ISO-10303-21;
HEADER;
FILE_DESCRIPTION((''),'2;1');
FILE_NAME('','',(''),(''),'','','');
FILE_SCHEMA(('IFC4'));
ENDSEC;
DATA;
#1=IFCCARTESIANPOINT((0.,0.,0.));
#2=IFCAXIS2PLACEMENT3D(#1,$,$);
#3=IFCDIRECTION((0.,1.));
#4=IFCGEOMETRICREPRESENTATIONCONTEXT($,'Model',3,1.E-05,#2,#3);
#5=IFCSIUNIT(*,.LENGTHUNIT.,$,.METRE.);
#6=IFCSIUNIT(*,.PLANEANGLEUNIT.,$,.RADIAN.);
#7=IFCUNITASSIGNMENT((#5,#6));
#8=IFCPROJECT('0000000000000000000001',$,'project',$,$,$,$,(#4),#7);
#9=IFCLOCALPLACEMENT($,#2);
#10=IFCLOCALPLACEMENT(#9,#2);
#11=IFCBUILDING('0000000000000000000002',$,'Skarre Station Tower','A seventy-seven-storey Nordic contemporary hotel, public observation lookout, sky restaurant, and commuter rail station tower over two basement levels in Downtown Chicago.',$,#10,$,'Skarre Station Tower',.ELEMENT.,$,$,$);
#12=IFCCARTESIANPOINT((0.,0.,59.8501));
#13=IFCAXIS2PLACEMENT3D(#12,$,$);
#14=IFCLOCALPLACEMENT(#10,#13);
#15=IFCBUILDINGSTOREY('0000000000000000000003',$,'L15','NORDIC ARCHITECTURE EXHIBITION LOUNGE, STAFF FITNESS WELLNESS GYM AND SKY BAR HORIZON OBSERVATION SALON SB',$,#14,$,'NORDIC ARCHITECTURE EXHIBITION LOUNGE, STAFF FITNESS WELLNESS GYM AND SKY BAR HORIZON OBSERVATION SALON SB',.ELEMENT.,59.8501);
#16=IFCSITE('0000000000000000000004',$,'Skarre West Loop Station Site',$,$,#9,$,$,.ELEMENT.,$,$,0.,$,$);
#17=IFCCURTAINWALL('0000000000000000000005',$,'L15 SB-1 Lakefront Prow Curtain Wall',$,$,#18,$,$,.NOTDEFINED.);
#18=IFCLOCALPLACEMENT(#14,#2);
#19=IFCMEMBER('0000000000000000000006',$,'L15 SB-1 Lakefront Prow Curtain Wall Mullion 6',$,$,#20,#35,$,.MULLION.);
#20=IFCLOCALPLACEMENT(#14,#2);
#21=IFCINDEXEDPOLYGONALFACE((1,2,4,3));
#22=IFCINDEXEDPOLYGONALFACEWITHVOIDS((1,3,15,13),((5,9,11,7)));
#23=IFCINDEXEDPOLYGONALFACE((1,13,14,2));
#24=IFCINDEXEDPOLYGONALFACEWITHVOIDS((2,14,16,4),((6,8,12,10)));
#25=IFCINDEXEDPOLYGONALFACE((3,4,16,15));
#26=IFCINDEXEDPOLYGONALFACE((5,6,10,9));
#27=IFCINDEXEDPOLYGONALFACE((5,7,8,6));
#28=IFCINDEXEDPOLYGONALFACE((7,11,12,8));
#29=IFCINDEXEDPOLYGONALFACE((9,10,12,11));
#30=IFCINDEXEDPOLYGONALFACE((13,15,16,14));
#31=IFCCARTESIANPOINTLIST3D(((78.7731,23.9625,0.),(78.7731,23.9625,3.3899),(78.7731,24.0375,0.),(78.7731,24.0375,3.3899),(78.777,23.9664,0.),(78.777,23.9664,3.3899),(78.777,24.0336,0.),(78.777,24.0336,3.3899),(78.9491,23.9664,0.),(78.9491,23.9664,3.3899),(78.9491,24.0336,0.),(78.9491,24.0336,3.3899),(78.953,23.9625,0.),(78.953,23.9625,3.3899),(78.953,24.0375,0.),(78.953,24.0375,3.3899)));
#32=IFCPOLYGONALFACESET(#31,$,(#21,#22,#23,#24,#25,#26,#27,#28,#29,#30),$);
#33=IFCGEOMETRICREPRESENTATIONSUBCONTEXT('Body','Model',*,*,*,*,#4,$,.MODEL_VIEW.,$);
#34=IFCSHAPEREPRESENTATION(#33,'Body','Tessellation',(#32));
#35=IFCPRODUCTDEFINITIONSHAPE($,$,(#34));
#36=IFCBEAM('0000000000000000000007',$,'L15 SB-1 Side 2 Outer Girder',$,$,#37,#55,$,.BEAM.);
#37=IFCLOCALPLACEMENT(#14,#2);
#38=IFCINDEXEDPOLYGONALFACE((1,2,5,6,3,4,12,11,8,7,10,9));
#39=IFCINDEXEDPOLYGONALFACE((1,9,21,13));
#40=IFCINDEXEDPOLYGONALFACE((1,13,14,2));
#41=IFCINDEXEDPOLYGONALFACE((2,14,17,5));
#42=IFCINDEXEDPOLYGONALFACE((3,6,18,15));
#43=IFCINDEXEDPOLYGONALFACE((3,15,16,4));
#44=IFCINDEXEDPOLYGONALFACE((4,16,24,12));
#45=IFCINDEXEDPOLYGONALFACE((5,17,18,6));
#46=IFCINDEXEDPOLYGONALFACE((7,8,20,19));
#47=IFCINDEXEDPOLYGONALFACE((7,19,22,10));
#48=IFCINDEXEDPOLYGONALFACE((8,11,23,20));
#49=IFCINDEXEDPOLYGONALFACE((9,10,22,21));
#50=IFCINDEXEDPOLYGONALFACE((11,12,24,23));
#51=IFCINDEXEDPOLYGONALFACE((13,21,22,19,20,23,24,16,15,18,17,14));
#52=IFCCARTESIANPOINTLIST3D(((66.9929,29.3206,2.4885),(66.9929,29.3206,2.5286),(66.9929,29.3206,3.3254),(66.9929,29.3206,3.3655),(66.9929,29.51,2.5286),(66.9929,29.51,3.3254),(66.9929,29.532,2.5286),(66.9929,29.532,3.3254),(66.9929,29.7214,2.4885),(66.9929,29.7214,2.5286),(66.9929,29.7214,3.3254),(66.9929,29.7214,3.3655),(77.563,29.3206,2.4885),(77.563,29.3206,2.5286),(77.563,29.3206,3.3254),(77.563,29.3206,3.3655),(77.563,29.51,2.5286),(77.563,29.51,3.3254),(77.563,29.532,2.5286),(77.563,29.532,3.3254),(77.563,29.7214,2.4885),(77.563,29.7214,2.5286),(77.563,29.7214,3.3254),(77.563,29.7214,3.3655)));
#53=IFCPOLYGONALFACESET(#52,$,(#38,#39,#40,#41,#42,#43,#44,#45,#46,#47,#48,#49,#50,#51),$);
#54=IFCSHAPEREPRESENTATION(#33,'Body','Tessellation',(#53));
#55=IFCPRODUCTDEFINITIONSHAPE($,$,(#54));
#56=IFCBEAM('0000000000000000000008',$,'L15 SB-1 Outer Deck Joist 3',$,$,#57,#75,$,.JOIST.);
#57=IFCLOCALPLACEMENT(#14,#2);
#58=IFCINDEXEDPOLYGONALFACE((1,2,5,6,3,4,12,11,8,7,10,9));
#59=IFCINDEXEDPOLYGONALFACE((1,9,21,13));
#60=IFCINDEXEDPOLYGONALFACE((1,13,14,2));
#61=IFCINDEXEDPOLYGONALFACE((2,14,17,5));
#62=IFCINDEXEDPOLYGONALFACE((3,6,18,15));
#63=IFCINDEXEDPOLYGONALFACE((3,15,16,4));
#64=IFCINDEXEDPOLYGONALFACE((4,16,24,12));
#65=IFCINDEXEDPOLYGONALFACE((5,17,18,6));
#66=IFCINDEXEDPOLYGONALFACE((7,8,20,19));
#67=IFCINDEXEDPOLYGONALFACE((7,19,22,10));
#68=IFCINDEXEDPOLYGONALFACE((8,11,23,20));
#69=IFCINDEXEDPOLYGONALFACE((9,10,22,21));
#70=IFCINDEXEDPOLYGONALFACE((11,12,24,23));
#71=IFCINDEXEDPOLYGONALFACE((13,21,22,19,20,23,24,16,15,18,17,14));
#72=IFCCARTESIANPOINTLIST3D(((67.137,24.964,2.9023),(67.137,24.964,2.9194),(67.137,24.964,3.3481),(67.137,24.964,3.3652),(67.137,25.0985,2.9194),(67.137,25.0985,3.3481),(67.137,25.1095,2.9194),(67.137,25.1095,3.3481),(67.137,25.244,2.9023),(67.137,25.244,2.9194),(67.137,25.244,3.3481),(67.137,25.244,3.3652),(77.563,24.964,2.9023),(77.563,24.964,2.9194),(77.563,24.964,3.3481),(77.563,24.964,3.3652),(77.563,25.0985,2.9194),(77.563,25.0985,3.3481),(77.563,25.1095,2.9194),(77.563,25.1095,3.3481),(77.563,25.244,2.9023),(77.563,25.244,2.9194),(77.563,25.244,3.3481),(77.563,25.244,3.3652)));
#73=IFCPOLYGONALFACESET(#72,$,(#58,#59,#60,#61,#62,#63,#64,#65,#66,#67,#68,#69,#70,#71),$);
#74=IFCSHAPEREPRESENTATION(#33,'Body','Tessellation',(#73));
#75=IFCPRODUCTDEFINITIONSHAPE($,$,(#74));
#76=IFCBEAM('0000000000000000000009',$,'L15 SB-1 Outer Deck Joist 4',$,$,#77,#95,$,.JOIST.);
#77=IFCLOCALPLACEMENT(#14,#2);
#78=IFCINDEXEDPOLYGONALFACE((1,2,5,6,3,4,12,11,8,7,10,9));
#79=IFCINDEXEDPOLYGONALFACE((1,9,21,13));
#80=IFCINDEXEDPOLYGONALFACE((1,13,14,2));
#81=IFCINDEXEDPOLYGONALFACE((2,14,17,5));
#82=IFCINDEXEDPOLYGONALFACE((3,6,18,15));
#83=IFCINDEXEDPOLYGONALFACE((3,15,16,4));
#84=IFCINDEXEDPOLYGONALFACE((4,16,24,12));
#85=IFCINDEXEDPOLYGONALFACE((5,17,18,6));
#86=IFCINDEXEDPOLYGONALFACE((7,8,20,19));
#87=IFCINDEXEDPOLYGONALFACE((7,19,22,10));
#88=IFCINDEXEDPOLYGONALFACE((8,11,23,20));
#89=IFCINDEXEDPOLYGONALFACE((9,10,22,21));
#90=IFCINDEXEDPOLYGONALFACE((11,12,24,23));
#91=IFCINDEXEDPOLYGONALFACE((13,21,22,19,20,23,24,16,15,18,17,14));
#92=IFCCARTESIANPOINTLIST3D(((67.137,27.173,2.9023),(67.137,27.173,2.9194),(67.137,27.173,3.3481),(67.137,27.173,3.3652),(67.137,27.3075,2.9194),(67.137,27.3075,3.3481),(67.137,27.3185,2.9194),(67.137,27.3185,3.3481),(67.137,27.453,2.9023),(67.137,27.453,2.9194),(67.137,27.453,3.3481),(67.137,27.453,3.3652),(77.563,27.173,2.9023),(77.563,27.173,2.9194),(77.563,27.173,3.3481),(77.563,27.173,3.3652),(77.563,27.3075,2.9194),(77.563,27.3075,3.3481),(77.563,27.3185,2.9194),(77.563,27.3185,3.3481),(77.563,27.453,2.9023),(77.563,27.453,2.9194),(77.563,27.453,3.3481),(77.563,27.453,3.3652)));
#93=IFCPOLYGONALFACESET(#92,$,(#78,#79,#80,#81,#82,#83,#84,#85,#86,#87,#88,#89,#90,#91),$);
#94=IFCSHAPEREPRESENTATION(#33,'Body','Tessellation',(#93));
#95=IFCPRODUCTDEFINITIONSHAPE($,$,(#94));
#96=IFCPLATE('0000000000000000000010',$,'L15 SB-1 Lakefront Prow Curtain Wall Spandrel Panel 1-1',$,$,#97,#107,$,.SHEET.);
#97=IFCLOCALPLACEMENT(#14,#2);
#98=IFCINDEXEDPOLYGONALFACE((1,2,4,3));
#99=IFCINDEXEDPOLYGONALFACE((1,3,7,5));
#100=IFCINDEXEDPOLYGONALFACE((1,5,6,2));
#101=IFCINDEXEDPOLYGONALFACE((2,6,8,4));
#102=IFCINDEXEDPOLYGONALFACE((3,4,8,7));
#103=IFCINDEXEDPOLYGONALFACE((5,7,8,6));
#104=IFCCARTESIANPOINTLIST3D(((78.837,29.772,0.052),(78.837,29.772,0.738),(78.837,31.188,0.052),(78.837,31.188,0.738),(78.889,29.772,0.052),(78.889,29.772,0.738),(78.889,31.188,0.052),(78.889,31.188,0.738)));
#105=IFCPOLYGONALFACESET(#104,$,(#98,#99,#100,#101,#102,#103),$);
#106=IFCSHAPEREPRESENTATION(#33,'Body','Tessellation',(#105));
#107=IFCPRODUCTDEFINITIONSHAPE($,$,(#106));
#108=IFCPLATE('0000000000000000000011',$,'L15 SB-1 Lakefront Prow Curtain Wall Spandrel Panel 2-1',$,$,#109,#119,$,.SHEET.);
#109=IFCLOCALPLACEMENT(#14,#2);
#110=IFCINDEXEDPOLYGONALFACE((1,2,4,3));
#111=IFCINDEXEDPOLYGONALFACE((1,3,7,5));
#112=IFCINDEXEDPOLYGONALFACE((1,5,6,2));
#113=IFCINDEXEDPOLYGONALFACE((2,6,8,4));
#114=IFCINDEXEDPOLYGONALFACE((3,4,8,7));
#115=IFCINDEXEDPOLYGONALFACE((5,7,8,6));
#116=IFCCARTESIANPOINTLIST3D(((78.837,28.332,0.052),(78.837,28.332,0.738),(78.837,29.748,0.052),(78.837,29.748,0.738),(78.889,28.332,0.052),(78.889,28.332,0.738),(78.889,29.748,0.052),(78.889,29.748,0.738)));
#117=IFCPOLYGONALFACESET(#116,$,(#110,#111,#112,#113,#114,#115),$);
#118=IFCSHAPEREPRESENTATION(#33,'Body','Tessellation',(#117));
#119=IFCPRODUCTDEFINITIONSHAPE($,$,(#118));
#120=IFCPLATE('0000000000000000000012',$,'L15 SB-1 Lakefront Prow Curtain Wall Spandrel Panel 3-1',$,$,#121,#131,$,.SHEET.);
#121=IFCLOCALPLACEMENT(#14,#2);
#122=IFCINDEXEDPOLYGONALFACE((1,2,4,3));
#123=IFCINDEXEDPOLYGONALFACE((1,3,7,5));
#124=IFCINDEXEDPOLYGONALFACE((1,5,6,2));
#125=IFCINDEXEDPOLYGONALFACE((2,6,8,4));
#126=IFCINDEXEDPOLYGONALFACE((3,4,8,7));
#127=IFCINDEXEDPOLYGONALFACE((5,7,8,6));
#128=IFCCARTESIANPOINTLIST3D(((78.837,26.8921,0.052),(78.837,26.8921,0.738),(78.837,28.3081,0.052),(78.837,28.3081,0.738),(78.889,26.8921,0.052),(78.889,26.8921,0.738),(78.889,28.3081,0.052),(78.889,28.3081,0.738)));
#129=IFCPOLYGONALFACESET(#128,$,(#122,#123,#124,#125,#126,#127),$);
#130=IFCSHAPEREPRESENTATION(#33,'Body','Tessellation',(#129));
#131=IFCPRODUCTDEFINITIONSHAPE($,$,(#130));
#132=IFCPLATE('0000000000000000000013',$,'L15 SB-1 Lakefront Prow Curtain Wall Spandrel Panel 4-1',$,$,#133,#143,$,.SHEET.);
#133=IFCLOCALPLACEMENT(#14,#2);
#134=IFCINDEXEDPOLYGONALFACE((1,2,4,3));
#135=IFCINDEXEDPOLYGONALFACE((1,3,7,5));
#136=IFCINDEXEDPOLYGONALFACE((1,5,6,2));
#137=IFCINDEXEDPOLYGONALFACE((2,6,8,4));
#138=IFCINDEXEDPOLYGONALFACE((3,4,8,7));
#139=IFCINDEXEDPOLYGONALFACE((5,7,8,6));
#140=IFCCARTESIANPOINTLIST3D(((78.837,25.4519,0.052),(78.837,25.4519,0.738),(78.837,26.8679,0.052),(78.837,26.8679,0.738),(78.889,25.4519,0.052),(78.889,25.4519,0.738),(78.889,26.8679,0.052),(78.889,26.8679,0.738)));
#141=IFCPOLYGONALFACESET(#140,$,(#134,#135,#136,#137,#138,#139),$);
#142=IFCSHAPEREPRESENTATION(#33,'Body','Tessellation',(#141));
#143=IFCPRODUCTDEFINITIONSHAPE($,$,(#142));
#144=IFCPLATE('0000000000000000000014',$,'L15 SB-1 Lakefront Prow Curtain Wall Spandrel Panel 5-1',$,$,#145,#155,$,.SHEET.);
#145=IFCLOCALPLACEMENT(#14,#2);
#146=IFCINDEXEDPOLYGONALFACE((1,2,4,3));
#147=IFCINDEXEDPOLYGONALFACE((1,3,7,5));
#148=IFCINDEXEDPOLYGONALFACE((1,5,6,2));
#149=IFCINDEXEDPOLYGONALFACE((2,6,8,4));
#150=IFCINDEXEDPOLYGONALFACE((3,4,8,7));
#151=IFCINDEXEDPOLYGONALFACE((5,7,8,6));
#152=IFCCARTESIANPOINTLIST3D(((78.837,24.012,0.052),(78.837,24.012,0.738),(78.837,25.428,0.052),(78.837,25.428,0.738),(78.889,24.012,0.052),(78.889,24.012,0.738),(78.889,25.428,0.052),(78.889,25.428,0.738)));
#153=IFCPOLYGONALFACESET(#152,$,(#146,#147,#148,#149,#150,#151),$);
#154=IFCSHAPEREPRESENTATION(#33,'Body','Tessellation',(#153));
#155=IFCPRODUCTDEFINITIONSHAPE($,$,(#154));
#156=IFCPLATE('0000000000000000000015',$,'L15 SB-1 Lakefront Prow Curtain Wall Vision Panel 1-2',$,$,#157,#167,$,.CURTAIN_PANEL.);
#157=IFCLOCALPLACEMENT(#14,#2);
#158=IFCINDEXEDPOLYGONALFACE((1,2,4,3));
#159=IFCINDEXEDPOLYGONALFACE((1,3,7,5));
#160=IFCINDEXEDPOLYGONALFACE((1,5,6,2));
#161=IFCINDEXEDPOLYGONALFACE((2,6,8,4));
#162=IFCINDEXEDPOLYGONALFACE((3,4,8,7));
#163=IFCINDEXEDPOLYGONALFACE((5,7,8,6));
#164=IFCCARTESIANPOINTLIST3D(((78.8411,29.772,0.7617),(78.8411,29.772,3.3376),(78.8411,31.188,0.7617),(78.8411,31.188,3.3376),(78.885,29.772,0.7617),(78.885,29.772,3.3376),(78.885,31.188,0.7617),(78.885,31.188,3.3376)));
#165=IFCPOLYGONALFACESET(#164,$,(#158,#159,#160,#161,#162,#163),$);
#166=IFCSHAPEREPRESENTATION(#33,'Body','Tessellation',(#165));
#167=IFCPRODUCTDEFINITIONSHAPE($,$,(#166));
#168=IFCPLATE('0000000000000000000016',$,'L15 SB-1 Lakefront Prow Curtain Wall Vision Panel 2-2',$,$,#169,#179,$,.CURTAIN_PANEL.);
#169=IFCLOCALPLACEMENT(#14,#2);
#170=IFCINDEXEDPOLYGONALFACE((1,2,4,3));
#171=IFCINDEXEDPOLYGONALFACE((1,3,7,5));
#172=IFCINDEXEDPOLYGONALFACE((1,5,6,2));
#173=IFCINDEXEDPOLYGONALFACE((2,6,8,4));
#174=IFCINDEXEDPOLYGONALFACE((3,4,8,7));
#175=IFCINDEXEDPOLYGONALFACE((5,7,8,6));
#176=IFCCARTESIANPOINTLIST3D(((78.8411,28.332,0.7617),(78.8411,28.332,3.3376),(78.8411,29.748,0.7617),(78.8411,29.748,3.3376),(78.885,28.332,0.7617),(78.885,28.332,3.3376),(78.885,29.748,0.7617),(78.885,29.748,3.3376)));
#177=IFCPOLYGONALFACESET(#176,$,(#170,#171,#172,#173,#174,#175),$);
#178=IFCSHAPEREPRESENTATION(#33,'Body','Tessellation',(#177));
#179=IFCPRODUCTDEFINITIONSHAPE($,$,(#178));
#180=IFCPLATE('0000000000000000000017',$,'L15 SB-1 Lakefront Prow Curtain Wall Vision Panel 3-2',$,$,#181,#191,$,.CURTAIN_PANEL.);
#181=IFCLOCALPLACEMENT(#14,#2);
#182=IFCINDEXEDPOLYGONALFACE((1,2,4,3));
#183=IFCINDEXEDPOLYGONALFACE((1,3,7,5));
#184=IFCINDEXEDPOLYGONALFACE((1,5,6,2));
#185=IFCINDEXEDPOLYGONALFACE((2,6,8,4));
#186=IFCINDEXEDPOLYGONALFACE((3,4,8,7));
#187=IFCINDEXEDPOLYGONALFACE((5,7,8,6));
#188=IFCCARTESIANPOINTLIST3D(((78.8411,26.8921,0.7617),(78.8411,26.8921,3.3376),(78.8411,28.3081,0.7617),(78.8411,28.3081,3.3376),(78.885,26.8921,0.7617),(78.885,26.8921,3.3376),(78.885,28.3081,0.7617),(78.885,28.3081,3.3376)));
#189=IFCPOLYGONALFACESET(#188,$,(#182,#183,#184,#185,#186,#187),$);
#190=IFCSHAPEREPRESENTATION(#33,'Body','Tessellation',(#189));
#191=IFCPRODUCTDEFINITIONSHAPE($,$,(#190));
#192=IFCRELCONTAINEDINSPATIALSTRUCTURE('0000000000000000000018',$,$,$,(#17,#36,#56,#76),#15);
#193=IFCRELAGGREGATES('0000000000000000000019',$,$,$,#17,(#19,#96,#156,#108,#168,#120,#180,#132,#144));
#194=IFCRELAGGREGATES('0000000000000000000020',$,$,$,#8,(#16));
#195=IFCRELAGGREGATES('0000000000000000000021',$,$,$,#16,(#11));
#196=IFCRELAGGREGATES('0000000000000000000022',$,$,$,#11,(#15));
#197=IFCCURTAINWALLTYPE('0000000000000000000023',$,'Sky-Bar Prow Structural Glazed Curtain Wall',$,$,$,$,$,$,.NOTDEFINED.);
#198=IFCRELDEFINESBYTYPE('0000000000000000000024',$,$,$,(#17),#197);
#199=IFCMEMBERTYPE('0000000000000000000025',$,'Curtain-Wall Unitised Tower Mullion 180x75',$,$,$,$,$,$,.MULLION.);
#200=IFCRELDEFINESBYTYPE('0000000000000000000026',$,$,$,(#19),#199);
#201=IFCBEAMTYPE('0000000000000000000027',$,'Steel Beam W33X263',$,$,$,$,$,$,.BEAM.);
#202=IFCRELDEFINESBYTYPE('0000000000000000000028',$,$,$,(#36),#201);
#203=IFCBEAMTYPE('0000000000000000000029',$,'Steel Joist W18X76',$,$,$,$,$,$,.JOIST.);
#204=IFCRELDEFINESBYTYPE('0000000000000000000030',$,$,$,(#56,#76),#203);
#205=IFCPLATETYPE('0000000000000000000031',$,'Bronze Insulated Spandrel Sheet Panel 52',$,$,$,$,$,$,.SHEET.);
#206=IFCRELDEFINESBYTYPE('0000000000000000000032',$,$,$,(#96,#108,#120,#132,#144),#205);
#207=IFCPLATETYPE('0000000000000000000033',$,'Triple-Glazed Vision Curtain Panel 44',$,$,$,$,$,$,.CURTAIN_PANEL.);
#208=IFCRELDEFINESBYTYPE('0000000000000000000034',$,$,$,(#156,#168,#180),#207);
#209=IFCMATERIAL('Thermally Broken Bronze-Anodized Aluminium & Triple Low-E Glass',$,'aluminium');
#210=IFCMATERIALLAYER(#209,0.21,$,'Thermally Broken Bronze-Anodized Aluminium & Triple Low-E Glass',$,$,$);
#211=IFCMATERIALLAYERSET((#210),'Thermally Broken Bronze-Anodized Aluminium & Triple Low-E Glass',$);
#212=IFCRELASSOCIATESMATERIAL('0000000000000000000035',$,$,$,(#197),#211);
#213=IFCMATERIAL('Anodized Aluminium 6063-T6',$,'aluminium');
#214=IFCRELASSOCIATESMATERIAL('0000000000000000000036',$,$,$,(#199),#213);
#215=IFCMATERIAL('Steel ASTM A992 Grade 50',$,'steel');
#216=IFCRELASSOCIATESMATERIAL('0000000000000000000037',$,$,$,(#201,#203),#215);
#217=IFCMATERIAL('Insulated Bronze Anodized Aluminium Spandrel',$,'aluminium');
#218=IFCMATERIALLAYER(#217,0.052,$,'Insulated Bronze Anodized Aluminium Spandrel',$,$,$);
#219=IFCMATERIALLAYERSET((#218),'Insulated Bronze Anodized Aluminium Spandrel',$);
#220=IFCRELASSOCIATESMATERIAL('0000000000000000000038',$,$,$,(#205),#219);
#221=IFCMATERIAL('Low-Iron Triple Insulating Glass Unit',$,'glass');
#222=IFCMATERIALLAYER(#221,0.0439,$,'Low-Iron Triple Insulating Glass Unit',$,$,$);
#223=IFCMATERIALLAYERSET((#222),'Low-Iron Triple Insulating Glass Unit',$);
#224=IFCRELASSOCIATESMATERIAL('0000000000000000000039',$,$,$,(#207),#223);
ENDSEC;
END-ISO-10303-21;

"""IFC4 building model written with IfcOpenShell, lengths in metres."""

from ifc_helpers import new_model, si_unit, direction, frame, origin, origin_2d, place, context, subcontext, project, spatial, rectangle, hollow_rectangle, i_section, extrude, material, layer, layer_set, material_profile, profile_set, type_object, element, aggregate, save


model = new_model("IFC4")

# Units and contexts
model_context = context("Model", 3, precision=1e-05, world=origin(), true_north=direction((0.0, 1.0)))
body_context = subcontext(model_context, "Body", "Model", "MODEL_VIEW")
ifc_project = project(units=[si_unit("LENGTHUNIT", "METRE"), si_unit("PLANEANGLEUNIT", "RADIAN")], contexts=[model_context])

# Site, building, storey
site_placement = place(None, origin())
site = spatial("IfcSite", under=ifc_project, at=site_placement, Name="Skarre West Loop Station Site", CompositionType="ELEMENT", RefElevation=0.0)
building_placement = place(site_placement, origin())
building = spatial("IfcBuilding", under=site, at=building_placement, Name="Skarre Station Tower", Description="A seventy-seven-storey Nordic contemporary hotel, public observation lookout, sky restaurant, and commuter rail station tower over two basement levels in Downtown Chicago.", LongName="Skarre Station Tower", CompositionType="ELEMENT")
storey_placement = place(building_placement, frame((0.0, 0.0, 59.8501)))
storey = spatial("IfcBuildingStorey", under=building, at=storey_placement, Name="L15", Description="NORDIC ARCHITECTURE EXHIBITION LOUNGE, STAFF FITNESS WELLNESS GYM AND SKY BAR HORIZON OBSERVATION SALON SB", LongName="NORDIC ARCHITECTURE EXHIBITION LOUNGE, STAFF FITNESS WELLNESS GYM AND SKY BAR HORIZON OBSERVATION SALON SB", CompositionType="ELEMENT", Elevation=59.8501)

# Curtain wall, member
ifc_material_1 = material(Name="Thermally Broken Bronze-Anodized Aluminium & Triple Low-E Glass", Category="aluminium")
ifc_layer_1 = layer(ifc_material_1, 0.21, Name="Thermally Broken Bronze-Anodized Aluminium & Triple Low-E Glass")
ifc_layer_set_1 = layer_set([ifc_layer_1], Name="Thermally Broken Bronze-Anodized Aluminium & Triple Low-E Glass")
curtain_wall_type = type_object("IfcCurtainWallType", Name="Sky-Bar Prow Structural Glazed Curtain Wall", PredefinedType="NOTDEFINED", material=ifc_layer_set_1)
curtain_wall_placement = place(storey_placement, origin())
curtain_wall = element("IfcCurtainWall", 1, at=curtain_wall_placement, inside=storey, type_object=curtain_wall_type, Name="L15 SB-1 Lakefront Prow Curtain Wall", PredefinedType="NOTDEFINED")
ifc_material_2 = material(Name="Anodized Aluminium 6063-T6", Category="aluminium")
ifc_material_profile_1 = material_profile(ifc_material_2, hollow_rectangle(XDim=0.075, YDim=0.1799, WallThickness=0.0039, at=origin_2d()), Name="Anodized Aluminium 6063-T6")
ifc_profile_set_1 = profile_set([ifc_material_profile_1], Name="Anodized Aluminium 6063-T6")
member_type_1 = type_object("IfcMemberType", Name="Curtain-Wall Unitised Tower Mullion 180x75", PredefinedType="MULLION", material=ifc_profile_set_1)
member_1_placement = place(storey_placement, frame((78.863, 24.0, 0.0), z_axis=(0.0, 0.0, 1.0), x_axis=(0.0, -1.0, 0.0)))
member_1 = element("IfcMember", 2, at=member_1_placement, type_object=member_type_1, Name="L15 SB-1 Lakefront Prow Curtain Wall Mullion 6", PredefinedType="MULLION", context=body_context, shape_type="SweptSolid", body=[
    extrude(hollow_rectangle(XDim=0.075, YDim=0.1799, WallThickness=0.0039, at=origin_2d()), origin(), (0.0, 0.0, 1.0), 3.3899),
])

# Beams
ifc_material_3 = material(Name="Steel ASTM A992 Grade 50", Category="steel")
ifc_material_profile_2 = material_profile(ifc_material_3, i_section(OverallWidth=0.4009, OverallDepth=0.877, WebThickness=0.022, FlangeThickness=0.04, at=origin_2d()), Name="Steel ASTM A992 Grade 50")
ifc_profile_set_2 = profile_set([ifc_material_profile_2], Name="Steel ASTM A992 Grade 50")
beam_type_1 = type_object("IfcBeamType", Name="Steel Beam W33X263", PredefinedType="BEAM", material=ifc_profile_set_2)
beam_placement = place(storey_placement, frame((66.9929, 29.521, 2.927), z_axis=(1.0, 0.0, 0.0), x_axis=(0.0, 1.0, 0.0)))
element("IfcBeam", 3, at=beam_placement, inside=storey, type_object=beam_type_1, Name="L15 SB-1 Side 2 Outer Girder", PredefinedType="BEAM", context=body_context, shape_type="SweptSolid", body=[
    extrude(i_section(OverallWidth=0.4009, OverallDepth=0.877, WebThickness=0.022, FlangeThickness=0.04, at=origin_2d()), origin(), (0.0, 0.0, 1.0), 10.5701),
])
ifc_material_profile_3 = material_profile(ifc_material_3, i_section(OverallWidth=0.28, OverallDepth=0.4629, WebThickness=0.011, FlangeThickness=0.0171, at=origin_2d()), Name="Steel ASTM A992 Grade 50")
ifc_profile_set_3 = profile_set([ifc_material_profile_3], Name="Steel ASTM A992 Grade 50")
beam_type_2 = type_object("IfcBeamType", Name="Steel Joist W18X76", PredefinedType="JOIST", material=ifc_profile_set_3)
for number, where, z_axis, x_axis, name in (
    (4, (67.137, 25.104, 3.1338), (1.0, 0.0, 0.0), (0.0, 1.0, 0.0), "L15 SB-1 Outer Deck Joist 3"),
    (5, (67.137, 27.313, 3.1338), (1.0, 0.0, 0.0), (0.0, 1.0, 0.0), "L15 SB-1 Outer Deck Joist 4"),
):
    element("IfcBeam", number, at=place(storey_placement, frame(where, z_axis=z_axis, x_axis=x_axis)), inside=storey, type_object=beam_type_2, Name=name, PredefinedType="JOIST", context=body_context, shape_type="SweptSolid", body=[
        extrude(i_section(OverallWidth=0.28, OverallDepth=0.4629, WebThickness=0.011, FlangeThickness=0.0171, at=origin_2d()), origin(), (0.0, 0.0, 1.0), 10.426),
    ])

# Plates
ifc_material_4 = material(Name="Insulated Bronze Anodized Aluminium Spandrel", Category="aluminium")
ifc_layer_2 = layer(ifc_material_4, 0.052, Name="Insulated Bronze Anodized Aluminium Spandrel")
ifc_layer_set_2 = layer_set([ifc_layer_2], Name="Insulated Bronze Anodized Aluminium Spandrel")
plate_type_1 = type_object("IfcPlateType", Name="Bronze Insulated Spandrel Sheet Panel 52", PredefinedType="SHEET", material=ifc_layer_set_2)
plate_1_placement = place(storey_placement, frame((78.863, 30.48, 0.052), z_axis=(0.0, 0.0, 1.0), x_axis=(0.0, -1.0, 0.0)))
plate_1 = element("IfcPlate", 6, at=plate_1_placement, type_object=plate_type_1, Name="L15 SB-1 Lakefront Prow Curtain Wall Spandrel Panel 1-1", PredefinedType="SHEET", context=body_context, shape_type="SweptSolid", body=[
    extrude(rectangle(XDim=1.416, YDim=0.052, at=origin_2d()), origin(), (0.0, 0.0, 1.0), 0.686),
])
plate_2_placement = place(storey_placement, frame((78.863, 29.04, 0.052), z_axis=(0.0, 0.0, 1.0), x_axis=(0.0, -1.0, 0.0)))
plate_2 = element("IfcPlate", 7, at=plate_2_placement, type_object=plate_type_1, Name="L15 SB-1 Lakefront Prow Curtain Wall Spandrel Panel 2-1", PredefinedType="SHEET", context=body_context, shape_type="SweptSolid", body=[
    extrude(rectangle(XDim=1.416, YDim=0.052, at=origin_2d()), origin(), (0.0, 0.0, 1.0), 0.686),
])
plate_3_placement = place(storey_placement, frame((78.863, 27.6001, 0.052), z_axis=(0.0, 0.0, 1.0), x_axis=(0.0, -1.0, 0.0)))
plate_3 = element("IfcPlate", 8, at=plate_3_placement, type_object=plate_type_1, Name="L15 SB-1 Lakefront Prow Curtain Wall Spandrel Panel 3-1", PredefinedType="SHEET", context=body_context, shape_type="SweptSolid", body=[
    extrude(rectangle(XDim=1.416, YDim=0.052, at=origin_2d()), origin(), (0.0, 0.0, 1.0), 0.686),
])
plate_4_placement = place(storey_placement, frame((78.863, 26.1599, 0.052), z_axis=(0.0, 0.0, 1.0), x_axis=(0.0, -1.0, 0.0)))
plate_4 = element("IfcPlate", 9, at=plate_4_placement, type_object=plate_type_1, Name="L15 SB-1 Lakefront Prow Curtain Wall Spandrel Panel 4-1", PredefinedType="SHEET", context=body_context, shape_type="SweptSolid", body=[
    extrude(rectangle(XDim=1.416, YDim=0.052, at=origin_2d()), origin(), (0.0, 0.0, 1.0), 0.686),
])
plate_5_placement = place(storey_placement, frame((78.863, 24.72, 0.052), z_axis=(0.0, 0.0, 1.0), x_axis=(0.0, -1.0, 0.0)))
plate_5 = element("IfcPlate", 10, at=plate_5_placement, type_object=plate_type_1, Name="L15 SB-1 Lakefront Prow Curtain Wall Spandrel Panel 5-1", PredefinedType="SHEET", context=body_context, shape_type="SweptSolid", body=[
    extrude(rectangle(XDim=1.416, YDim=0.052, at=origin_2d()), origin(), (0.0, 0.0, 1.0), 0.686),
])
ifc_material_5 = material(Name="Low-Iron Triple Insulating Glass Unit", Category="glass")
ifc_layer_3 = layer(ifc_material_5, 0.0439, Name="Low-Iron Triple Insulating Glass Unit")
ifc_layer_set_3 = layer_set([ifc_layer_3], Name="Low-Iron Triple Insulating Glass Unit")
plate_type_2 = type_object("IfcPlateType", Name="Triple-Glazed Vision Curtain Panel 44", PredefinedType="CURTAIN_PANEL", material=ifc_layer_set_3)
plate_6_placement = place(storey_placement, frame((78.863, 30.48, 0.7617), z_axis=(0.0, 0.0, 1.0), x_axis=(0.0, -1.0, 0.0)))
plate_6 = element("IfcPlate", 11, at=plate_6_placement, type_object=plate_type_2, Name="L15 SB-1 Lakefront Prow Curtain Wall Vision Panel 1-2", PredefinedType="CURTAIN_PANEL", context=body_context, shape_type="SweptSolid", body=[
    extrude(rectangle(XDim=1.416, YDim=0.0439, at=origin_2d()), origin(), (0.0, 0.0, 1.0), 2.5759),
])
plate_7_placement = place(storey_placement, frame((78.863, 29.04, 0.7617), z_axis=(0.0, 0.0, 1.0), x_axis=(0.0, -1.0, 0.0)))
plate_7 = element("IfcPlate", 12, at=plate_7_placement, type_object=plate_type_2, Name="L15 SB-1 Lakefront Prow Curtain Wall Vision Panel 2-2", PredefinedType="CURTAIN_PANEL", context=body_context, shape_type="SweptSolid", body=[
    extrude(rectangle(XDim=1.416, YDim=0.0439, at=origin_2d()), origin(), (0.0, 0.0, 1.0), 2.5759),
])
plate_8_placement = place(storey_placement, frame((78.863, 27.6001, 0.7617), z_axis=(0.0, 0.0, 1.0), x_axis=(0.0, -1.0, 0.0)))
plate_8 = element("IfcPlate", 13, at=plate_8_placement, type_object=plate_type_2, Name="L15 SB-1 Lakefront Prow Curtain Wall Vision Panel 3-2", PredefinedType="CURTAIN_PANEL", context=body_context, shape_type="SweptSolid", body=[
    extrude(rectangle(XDim=1.416, YDim=0.0439, at=origin_2d()), origin(), (0.0, 0.0, 1.0), 2.5759),
])
aggregate(curtain_wall, [member_1, plate_1, plate_6, plate_2, plate_7, plate_3, plate_8, plate_4, plate_5])

save(model, "model.ifc")
